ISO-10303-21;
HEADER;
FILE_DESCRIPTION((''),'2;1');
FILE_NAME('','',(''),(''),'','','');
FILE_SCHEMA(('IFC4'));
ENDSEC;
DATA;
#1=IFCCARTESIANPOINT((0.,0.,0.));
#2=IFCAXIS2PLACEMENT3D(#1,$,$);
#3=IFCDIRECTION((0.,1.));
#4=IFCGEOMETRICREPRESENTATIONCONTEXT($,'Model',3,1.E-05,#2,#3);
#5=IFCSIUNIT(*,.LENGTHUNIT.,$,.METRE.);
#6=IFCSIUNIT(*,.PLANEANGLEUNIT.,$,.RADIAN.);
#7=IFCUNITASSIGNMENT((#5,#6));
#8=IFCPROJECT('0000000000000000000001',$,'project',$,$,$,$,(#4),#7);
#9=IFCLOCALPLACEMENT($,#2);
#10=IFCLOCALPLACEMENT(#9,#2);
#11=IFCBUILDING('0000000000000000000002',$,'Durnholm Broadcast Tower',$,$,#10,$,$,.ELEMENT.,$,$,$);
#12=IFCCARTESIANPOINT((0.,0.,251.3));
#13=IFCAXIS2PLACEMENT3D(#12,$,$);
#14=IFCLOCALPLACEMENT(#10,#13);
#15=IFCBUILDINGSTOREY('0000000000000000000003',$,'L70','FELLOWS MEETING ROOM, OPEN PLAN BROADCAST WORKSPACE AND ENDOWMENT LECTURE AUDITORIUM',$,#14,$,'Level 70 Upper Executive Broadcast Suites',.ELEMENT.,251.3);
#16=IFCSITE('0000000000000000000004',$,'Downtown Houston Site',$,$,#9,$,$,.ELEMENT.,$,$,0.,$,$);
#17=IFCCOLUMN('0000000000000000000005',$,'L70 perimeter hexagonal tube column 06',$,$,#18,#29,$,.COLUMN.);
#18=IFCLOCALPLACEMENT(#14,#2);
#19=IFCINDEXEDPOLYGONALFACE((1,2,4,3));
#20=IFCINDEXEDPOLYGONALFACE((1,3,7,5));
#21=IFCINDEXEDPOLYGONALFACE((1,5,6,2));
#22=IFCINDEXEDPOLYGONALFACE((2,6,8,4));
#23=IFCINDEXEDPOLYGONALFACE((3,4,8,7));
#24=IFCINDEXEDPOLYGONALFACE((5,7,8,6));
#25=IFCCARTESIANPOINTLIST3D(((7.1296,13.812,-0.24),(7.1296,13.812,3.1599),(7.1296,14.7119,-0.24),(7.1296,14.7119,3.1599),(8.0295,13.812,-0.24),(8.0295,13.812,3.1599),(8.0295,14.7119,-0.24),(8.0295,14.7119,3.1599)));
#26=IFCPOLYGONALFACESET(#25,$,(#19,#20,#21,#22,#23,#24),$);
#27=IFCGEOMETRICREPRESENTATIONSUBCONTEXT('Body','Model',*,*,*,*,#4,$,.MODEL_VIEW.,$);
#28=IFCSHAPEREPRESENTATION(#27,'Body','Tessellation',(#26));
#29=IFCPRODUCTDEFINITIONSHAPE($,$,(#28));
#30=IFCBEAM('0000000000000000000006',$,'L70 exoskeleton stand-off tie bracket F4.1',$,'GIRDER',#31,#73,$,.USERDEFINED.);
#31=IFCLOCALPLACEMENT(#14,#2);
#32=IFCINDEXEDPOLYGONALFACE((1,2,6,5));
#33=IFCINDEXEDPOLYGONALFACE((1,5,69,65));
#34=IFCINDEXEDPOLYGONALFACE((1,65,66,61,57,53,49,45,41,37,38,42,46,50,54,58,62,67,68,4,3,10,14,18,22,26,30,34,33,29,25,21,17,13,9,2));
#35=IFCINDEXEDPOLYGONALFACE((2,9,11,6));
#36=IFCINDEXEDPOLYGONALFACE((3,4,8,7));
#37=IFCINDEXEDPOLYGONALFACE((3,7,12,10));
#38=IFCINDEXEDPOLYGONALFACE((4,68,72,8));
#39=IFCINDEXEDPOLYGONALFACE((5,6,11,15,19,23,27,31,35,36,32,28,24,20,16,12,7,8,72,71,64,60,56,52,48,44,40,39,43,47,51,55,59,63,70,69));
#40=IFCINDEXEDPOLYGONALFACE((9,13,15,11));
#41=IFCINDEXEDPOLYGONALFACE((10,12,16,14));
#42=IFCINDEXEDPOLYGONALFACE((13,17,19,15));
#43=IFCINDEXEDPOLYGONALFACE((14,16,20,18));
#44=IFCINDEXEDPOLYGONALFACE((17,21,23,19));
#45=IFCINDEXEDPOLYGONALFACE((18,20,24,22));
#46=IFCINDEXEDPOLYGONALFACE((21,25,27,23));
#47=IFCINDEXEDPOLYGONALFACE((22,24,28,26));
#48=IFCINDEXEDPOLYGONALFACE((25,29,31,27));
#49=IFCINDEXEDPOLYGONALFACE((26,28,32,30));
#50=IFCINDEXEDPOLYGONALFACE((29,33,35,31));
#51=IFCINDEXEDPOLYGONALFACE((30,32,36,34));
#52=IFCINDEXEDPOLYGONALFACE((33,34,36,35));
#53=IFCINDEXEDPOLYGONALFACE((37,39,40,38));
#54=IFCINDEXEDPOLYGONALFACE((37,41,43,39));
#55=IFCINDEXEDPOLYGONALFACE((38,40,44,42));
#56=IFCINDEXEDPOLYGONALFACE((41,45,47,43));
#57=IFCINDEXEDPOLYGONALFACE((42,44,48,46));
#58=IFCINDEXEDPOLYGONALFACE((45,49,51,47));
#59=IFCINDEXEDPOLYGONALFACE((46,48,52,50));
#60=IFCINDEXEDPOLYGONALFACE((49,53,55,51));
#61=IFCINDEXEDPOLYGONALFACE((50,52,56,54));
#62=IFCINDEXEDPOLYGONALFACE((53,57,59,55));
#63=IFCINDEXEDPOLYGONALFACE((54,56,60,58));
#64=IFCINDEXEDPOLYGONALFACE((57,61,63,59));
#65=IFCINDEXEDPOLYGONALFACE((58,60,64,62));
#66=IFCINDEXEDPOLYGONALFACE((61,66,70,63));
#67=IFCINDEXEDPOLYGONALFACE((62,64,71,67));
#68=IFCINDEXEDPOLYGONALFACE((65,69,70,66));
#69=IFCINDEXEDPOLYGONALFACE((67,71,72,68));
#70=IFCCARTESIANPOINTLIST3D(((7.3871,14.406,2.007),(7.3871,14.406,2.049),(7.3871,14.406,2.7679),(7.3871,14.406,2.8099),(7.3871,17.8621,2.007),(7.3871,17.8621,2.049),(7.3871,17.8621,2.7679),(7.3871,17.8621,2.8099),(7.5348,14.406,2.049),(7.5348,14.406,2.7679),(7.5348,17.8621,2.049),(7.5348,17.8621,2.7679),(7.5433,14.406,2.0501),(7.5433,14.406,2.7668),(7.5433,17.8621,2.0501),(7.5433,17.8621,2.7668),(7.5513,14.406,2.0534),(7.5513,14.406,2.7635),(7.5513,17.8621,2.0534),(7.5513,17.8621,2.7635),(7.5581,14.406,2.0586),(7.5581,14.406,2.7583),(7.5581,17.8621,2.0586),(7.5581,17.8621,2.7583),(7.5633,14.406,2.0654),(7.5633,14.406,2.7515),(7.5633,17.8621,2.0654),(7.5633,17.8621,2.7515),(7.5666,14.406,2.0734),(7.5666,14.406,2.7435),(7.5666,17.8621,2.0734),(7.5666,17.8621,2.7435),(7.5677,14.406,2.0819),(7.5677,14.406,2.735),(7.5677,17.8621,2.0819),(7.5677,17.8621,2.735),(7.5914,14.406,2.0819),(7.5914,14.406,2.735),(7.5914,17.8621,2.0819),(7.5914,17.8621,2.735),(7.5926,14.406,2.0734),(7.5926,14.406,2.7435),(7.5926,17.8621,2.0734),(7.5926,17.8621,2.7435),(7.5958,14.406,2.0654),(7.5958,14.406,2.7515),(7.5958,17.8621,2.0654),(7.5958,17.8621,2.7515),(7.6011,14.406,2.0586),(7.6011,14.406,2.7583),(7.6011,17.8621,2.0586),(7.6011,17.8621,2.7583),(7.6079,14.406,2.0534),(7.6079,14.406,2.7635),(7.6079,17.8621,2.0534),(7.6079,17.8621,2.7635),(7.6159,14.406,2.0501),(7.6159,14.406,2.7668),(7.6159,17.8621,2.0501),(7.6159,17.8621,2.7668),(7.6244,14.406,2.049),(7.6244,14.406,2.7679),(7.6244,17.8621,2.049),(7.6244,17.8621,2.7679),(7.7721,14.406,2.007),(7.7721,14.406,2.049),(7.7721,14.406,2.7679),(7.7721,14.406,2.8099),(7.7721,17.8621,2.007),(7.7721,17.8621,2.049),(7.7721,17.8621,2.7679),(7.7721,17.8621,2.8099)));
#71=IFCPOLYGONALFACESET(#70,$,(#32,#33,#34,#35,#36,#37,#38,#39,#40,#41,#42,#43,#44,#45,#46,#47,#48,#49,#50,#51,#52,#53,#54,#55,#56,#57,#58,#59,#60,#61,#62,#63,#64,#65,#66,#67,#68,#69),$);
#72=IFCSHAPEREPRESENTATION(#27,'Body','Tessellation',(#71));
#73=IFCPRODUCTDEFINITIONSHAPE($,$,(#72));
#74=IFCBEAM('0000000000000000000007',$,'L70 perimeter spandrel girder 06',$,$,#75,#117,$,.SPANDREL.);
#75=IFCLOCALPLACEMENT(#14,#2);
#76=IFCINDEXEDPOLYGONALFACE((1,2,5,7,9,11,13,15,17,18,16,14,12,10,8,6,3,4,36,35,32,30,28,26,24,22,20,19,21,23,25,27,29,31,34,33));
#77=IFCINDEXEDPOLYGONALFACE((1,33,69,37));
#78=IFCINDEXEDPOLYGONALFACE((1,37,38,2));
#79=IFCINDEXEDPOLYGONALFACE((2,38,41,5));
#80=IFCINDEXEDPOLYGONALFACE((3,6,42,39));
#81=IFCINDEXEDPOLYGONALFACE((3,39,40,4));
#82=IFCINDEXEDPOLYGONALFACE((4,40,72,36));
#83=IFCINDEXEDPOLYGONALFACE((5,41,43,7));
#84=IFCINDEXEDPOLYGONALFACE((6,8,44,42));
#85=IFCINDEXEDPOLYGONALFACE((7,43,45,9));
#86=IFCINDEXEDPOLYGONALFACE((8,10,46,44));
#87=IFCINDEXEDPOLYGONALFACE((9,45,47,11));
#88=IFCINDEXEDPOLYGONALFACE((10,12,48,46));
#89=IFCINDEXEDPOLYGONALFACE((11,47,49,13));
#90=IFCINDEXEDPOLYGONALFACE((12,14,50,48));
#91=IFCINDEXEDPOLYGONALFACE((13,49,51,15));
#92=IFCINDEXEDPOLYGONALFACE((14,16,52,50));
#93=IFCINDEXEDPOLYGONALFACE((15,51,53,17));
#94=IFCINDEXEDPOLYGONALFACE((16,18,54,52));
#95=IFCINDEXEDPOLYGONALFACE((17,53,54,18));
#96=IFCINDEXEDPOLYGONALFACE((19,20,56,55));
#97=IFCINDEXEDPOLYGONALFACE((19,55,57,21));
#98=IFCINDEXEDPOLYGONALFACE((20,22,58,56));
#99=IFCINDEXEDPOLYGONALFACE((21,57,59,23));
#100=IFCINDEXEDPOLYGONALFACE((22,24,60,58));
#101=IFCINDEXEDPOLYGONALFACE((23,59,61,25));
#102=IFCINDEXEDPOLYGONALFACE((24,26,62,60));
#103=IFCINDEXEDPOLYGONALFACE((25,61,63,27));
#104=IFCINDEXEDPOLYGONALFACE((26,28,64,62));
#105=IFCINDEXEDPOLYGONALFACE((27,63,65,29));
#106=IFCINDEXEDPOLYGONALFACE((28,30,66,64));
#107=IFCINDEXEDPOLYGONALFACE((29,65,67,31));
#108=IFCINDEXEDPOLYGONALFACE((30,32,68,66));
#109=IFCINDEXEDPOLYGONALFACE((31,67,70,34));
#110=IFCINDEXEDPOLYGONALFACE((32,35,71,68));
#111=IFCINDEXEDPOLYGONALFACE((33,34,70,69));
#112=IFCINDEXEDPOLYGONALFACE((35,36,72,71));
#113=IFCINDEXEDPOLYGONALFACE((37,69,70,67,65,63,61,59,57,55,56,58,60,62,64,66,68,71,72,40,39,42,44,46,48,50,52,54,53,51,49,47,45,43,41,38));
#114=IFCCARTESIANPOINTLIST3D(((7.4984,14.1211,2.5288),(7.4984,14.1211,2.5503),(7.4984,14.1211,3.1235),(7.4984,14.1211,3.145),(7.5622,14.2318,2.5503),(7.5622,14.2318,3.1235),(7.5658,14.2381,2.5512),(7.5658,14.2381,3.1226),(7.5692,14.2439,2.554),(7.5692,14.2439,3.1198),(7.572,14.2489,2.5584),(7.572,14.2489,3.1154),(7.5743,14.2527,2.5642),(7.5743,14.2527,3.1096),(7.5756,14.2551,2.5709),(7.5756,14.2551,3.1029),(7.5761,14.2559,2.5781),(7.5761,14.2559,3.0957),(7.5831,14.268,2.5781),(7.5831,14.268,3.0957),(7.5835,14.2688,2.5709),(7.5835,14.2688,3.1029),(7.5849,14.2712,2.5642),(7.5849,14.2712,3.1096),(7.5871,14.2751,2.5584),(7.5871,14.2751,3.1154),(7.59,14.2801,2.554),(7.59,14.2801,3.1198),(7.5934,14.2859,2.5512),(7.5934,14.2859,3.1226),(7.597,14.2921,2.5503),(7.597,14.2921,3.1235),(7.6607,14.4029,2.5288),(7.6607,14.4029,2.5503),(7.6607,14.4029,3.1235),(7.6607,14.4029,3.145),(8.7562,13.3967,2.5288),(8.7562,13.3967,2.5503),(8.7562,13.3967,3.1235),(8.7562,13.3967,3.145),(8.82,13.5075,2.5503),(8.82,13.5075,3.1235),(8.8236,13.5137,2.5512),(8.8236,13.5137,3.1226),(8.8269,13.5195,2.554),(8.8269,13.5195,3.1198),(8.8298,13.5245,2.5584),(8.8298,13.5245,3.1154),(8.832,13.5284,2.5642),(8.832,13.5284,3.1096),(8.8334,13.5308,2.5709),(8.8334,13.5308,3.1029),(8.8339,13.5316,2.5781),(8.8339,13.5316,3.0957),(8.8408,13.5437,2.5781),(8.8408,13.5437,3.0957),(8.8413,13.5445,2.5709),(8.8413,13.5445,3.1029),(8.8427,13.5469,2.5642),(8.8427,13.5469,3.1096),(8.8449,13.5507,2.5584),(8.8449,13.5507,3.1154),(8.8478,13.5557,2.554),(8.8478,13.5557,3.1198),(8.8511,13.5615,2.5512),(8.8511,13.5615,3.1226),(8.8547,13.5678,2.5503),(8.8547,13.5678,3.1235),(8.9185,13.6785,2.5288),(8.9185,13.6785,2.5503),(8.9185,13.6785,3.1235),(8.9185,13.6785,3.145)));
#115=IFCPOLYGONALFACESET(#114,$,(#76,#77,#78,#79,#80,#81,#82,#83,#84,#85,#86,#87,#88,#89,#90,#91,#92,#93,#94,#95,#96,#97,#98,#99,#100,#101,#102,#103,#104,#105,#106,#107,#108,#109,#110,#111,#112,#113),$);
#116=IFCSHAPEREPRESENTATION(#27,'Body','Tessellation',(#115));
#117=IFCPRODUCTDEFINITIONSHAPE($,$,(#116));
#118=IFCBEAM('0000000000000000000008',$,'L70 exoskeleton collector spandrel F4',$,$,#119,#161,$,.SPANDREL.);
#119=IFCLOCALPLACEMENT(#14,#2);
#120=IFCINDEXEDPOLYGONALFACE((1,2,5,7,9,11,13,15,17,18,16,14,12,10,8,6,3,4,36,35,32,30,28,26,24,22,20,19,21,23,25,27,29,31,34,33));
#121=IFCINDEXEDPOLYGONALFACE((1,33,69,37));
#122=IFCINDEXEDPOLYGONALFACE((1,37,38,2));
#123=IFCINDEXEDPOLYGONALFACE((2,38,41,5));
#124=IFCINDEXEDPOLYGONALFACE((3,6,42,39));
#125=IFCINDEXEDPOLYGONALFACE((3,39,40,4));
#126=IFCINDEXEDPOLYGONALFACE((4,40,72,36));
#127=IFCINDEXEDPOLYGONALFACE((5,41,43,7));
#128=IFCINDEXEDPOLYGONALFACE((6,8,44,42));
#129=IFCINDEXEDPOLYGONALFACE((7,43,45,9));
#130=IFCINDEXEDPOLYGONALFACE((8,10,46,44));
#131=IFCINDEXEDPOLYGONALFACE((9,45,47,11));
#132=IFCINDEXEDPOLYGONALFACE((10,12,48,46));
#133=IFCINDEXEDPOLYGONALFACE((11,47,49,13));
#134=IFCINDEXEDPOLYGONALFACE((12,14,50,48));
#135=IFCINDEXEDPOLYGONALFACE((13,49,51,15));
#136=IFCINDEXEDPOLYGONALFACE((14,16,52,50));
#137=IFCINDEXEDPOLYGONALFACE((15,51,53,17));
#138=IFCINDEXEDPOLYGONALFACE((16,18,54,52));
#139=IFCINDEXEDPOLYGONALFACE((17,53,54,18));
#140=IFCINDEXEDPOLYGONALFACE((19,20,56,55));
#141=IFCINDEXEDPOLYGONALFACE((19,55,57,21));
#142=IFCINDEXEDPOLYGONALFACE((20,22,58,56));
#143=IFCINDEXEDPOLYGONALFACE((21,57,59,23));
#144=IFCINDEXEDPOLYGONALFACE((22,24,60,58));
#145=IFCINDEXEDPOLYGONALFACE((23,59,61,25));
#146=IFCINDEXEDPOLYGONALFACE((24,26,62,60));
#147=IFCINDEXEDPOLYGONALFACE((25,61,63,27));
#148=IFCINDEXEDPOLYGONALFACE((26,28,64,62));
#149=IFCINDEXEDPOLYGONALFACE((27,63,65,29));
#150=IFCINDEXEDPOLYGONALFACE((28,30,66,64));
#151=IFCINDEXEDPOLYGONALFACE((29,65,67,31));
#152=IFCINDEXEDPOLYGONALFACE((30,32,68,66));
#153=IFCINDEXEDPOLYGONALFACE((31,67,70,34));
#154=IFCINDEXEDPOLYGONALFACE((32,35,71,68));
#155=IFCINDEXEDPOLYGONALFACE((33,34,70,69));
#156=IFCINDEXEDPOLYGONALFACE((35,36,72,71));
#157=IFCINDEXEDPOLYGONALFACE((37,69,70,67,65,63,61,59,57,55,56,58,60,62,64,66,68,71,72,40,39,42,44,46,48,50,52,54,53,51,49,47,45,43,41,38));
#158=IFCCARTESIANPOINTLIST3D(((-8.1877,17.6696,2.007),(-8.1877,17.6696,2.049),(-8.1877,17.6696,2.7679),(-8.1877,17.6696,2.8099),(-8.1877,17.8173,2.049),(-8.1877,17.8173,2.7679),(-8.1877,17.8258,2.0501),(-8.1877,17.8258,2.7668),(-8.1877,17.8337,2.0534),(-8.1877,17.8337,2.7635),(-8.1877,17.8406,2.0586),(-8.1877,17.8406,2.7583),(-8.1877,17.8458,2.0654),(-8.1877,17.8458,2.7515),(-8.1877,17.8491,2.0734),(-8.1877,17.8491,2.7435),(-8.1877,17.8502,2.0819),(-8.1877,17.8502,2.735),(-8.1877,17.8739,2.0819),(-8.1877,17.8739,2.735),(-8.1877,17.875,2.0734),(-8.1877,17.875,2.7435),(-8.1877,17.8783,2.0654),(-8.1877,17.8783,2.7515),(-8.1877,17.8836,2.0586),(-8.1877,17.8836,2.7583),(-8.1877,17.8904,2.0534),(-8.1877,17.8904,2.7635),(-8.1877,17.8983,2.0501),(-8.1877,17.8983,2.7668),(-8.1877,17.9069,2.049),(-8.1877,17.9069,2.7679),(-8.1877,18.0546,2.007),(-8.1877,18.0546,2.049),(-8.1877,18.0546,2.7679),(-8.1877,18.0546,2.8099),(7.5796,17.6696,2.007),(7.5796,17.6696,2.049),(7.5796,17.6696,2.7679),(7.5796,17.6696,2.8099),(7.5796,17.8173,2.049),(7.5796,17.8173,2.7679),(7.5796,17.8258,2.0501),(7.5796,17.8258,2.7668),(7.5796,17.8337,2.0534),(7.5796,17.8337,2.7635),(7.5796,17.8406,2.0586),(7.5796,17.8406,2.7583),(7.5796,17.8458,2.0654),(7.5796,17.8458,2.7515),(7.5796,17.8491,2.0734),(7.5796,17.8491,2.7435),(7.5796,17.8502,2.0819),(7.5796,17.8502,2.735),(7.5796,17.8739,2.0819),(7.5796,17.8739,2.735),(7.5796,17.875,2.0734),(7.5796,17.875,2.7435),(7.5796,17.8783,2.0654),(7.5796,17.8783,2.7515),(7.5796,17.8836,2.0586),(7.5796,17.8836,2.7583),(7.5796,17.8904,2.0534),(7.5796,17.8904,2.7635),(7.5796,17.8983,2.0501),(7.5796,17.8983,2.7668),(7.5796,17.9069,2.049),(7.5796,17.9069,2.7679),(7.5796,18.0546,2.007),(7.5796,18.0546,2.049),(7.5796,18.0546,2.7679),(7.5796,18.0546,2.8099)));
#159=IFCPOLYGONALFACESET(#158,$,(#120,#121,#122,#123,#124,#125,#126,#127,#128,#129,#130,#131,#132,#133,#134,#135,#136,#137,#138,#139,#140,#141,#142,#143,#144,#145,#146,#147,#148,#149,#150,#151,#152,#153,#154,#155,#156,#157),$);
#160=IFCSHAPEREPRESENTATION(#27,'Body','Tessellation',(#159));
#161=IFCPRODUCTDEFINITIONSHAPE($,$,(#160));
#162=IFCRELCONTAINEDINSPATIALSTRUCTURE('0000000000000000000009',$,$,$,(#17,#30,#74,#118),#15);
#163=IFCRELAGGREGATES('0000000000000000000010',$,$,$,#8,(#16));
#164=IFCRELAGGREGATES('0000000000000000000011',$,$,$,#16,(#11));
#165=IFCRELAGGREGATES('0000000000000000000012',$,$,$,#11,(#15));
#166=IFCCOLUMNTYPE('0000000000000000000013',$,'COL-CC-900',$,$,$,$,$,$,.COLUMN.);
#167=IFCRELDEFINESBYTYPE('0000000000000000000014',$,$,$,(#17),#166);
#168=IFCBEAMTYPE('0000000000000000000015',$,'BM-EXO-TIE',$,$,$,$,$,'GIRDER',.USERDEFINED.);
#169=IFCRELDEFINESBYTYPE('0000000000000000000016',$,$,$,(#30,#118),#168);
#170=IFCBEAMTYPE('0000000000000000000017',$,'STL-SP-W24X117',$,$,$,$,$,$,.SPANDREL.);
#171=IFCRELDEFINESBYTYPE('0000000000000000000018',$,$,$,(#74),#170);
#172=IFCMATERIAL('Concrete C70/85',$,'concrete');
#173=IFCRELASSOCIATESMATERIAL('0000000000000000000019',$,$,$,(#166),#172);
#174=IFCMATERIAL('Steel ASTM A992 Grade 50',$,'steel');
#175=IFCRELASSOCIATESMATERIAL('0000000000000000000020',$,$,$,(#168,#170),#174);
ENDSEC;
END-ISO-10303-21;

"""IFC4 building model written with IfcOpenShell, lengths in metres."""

from ifc_helpers import new_model, si_unit, direction, frame, origin, origin_2d, place, context, subcontext, project, spatial, rectangle, i_section, extrude, source, transform, mapped, material, material_profile, profile_set, type_object, type_shapes, element, save


model = new_model("IFC4")

# Units and contexts
model_context = context("Model", 3, precision=1e-05, world=origin(), true_north=direction((0.0, 1.0)))
body_context = subcontext(model_context, "Body", "Model", "MODEL_VIEW")
ifc_project = project(units=[si_unit("LENGTHUNIT", "METRE"), si_unit("PLANEANGLEUNIT", "RADIAN")], contexts=[model_context])

# Site, building, storey
site_placement = place(None, origin())
site = spatial("IfcSite", under=ifc_project, at=site_placement, Name="Downtown Houston Site", CompositionType="ELEMENT", RefElevation=0.0)
building_placement = place(site_placement, origin())
building = spatial("IfcBuilding", under=site, at=building_placement, Name="Durnholm Broadcast Tower", CompositionType="ELEMENT")
storey_placement = place(building_placement, frame((0.0, 0.0, 251.3)))
storey = spatial("IfcBuildingStorey", under=building, at=storey_placement, Name="L70", Description="FELLOWS MEETING ROOM, OPEN PLAN BROADCAST WORKSPACE AND ENDOWMENT LECTURE AUDITORIUM", LongName="Level 70 Upper Executive Broadcast Suites", CompositionType="ELEMENT", Elevation=251.3)

# Column
ifc_material_1 = material(Name="Concrete C70/85", Category="concrete")
ifc_material_profile_1 = material_profile(ifc_material_1, rectangle(XDim=0.8999, YDim=0.8999, at=origin_2d()), Name="RC900X900")
ifc_profile_set_1 = profile_set([ifc_material_profile_1], Name="Concrete C70/85")
column_type = type_object("IfcColumnType", Name="COL-CC-900", PredefinedType="COLUMN", material=ifc_profile_set_1)
shared_shape_1 = source(origin(), body_context, "Body", "SweptSolid", [
    extrude(rectangle(XDim=0.8999, YDim=0.8999, at=origin_2d()), origin(), (0.0, 0.0, 1.0), 3.3999),
])
type_shapes(column_type, [shared_shape_1])
column_placement = place(storey_placement, frame((7.5796, 14.262, -0.24), z_axis=(0.0, 0.0, 1.0), x_axis=(1.0, 0.0, 0.0)))
element("IfcColumn", 1, at=column_placement, inside=storey, type_object=column_type, Name="L70 perimeter hexagonal tube column 06", PredefinedType="COLUMN", context=body_context, shape_type="MappedRepresentation", body=[
    mapped(shared_shape_1, transform((0.0, 0.0, 0.0), x_axis=(1.0, 0.0, 0.0), y_axis=(0.0, 1.0, 0.0), z_axis=(0.0, 0.0, 1.0), scale=1.0)),
])

# Beams
ifc_material_2 = material(Name="Steel ASTM A992 Grade 50", Category="steel")
ifc_material_profile_2 = material_profile(ifc_material_2, i_section(OverallWidth=0.385, OverallDepth=0.803, WebThickness=0.0237, FlangeThickness=0.042, FilletRadius=0.033, at=origin_2d()), Name="W30X261")
ifc_profile_set_2 = profile_set([ifc_material_profile_2], Name="Steel ASTM A992 Grade 50")
beam_type_1 = type_object("IfcBeamType", Name="BM-EXO-TIE", ElementType="GIRDER", PredefinedType="USERDEFINED", material=ifc_profile_set_2)
shared_shape_2 = source(origin(), body_context, "Body", "SweptSolid", [
    extrude(i_section(OverallWidth=0.385, OverallDepth=0.803, WebThickness=0.0237, FlangeThickness=0.042, FilletRadius=0.033, at=origin_2d()), origin(), (0.0, 0.0, 1.0), 3.4561),
])
beam_1_placement = place(storey_placement, frame((7.5796, 14.406, 2.4084), z_axis=(0.0, 1.0, 0.0), x_axis=(-1.0, 0.0, 0.0)))
element("IfcBeam", 2, at=beam_1_placement, inside=storey, type_object=beam_type_1, Name="L70 exoskeleton stand-off tie bracket F4.1", ObjectType="GIRDER", PredefinedType="USERDEFINED", context=body_context, shape_type="MappedRepresentation", body=[
    mapped(shared_shape_2, transform((0.0, 0.0, 0.0), x_axis=(1.0, 0.0, 0.0), y_axis=(0.0, 1.0, 0.0), z_axis=(0.0, 0.0, 1.0), scale=1.0)),
])
ifc_material_profile_3 = material_profile(ifc_material_2, i_section(OverallWidth=0.3252, OverallDepth=0.6162, WebThickness=0.0139, FlangeThickness=0.0215, FilletRadius=0.0278, at=origin_2d()), Name="W24X117")
ifc_profile_set_3 = profile_set([ifc_material_profile_3], Name="Steel ASTM A992 Grade 50")
beam_type_2 = type_object("IfcBeamType", Name="STL-SP-W24X117", PredefinedType="SPANDREL", material=ifc_profile_set_3)
shared_shape_3 = source(origin(), body_context, "Body", "SweptSolid", [
    extrude(i_section(OverallWidth=0.3252, OverallDepth=0.6162, WebThickness=0.0139, FlangeThickness=0.0215, FilletRadius=0.0278, at=origin_2d()), origin(), (0.0, 0.0, 1.0), 1.4514),
])
type_shapes(beam_type_2, [shared_shape_3])
beam_2_placement = place(storey_placement, frame((7.5796, 14.262, 2.8369), z_axis=(0.866572, -0.499052, 0.0), x_axis=(0.499052, 0.866572, 0.0)))
element("IfcBeam", 3, at=beam_2_placement, inside=storey, type_object=beam_type_2, Name="L70 perimeter spandrel girder 06", PredefinedType="SPANDREL", context=body_context, shape_type="MappedRepresentation", body=[
    mapped(shared_shape_3, transform((0.0, 0.0, 0.0), x_axis=(1.0, 0.0, 0.0), y_axis=(0.0, 1.0, 0.0), z_axis=(0.0, 0.0, 1.0), scale=1.0)),
])
shared_shape_4 = source(origin(), body_context, "Body", "SweptSolid", [
    extrude(i_section(OverallWidth=0.385, OverallDepth=0.803, WebThickness=0.0237, FlangeThickness=0.042, FilletRadius=0.033, at=origin_2d()), origin(), (0.0, 0.0, 1.0), 15.7673),
])
type_shapes(beam_type_1, [shared_shape_2, shared_shape_4])
beam_3_placement = place(storey_placement, frame((7.5796, 17.8621, 2.4084), z_axis=(-1.0, 0.0, 0.0), x_axis=(0.0, -1.0, 0.0)))
element("IfcBeam", 4, at=beam_3_placement, inside=storey, type_object=beam_type_1, Name="L70 exoskeleton collector spandrel F4", PredefinedType="SPANDREL", context=body_context, shape_type="MappedRepresentation", body=[
    mapped(shared_shape_4, transform((0.0, 0.0, 0.0), x_axis=(1.0, 0.0, 0.0), y_axis=(0.0, 1.0, 0.0), z_axis=(0.0, 0.0, 1.0), scale=1.0)),
])

save(model, "model.ifc")
